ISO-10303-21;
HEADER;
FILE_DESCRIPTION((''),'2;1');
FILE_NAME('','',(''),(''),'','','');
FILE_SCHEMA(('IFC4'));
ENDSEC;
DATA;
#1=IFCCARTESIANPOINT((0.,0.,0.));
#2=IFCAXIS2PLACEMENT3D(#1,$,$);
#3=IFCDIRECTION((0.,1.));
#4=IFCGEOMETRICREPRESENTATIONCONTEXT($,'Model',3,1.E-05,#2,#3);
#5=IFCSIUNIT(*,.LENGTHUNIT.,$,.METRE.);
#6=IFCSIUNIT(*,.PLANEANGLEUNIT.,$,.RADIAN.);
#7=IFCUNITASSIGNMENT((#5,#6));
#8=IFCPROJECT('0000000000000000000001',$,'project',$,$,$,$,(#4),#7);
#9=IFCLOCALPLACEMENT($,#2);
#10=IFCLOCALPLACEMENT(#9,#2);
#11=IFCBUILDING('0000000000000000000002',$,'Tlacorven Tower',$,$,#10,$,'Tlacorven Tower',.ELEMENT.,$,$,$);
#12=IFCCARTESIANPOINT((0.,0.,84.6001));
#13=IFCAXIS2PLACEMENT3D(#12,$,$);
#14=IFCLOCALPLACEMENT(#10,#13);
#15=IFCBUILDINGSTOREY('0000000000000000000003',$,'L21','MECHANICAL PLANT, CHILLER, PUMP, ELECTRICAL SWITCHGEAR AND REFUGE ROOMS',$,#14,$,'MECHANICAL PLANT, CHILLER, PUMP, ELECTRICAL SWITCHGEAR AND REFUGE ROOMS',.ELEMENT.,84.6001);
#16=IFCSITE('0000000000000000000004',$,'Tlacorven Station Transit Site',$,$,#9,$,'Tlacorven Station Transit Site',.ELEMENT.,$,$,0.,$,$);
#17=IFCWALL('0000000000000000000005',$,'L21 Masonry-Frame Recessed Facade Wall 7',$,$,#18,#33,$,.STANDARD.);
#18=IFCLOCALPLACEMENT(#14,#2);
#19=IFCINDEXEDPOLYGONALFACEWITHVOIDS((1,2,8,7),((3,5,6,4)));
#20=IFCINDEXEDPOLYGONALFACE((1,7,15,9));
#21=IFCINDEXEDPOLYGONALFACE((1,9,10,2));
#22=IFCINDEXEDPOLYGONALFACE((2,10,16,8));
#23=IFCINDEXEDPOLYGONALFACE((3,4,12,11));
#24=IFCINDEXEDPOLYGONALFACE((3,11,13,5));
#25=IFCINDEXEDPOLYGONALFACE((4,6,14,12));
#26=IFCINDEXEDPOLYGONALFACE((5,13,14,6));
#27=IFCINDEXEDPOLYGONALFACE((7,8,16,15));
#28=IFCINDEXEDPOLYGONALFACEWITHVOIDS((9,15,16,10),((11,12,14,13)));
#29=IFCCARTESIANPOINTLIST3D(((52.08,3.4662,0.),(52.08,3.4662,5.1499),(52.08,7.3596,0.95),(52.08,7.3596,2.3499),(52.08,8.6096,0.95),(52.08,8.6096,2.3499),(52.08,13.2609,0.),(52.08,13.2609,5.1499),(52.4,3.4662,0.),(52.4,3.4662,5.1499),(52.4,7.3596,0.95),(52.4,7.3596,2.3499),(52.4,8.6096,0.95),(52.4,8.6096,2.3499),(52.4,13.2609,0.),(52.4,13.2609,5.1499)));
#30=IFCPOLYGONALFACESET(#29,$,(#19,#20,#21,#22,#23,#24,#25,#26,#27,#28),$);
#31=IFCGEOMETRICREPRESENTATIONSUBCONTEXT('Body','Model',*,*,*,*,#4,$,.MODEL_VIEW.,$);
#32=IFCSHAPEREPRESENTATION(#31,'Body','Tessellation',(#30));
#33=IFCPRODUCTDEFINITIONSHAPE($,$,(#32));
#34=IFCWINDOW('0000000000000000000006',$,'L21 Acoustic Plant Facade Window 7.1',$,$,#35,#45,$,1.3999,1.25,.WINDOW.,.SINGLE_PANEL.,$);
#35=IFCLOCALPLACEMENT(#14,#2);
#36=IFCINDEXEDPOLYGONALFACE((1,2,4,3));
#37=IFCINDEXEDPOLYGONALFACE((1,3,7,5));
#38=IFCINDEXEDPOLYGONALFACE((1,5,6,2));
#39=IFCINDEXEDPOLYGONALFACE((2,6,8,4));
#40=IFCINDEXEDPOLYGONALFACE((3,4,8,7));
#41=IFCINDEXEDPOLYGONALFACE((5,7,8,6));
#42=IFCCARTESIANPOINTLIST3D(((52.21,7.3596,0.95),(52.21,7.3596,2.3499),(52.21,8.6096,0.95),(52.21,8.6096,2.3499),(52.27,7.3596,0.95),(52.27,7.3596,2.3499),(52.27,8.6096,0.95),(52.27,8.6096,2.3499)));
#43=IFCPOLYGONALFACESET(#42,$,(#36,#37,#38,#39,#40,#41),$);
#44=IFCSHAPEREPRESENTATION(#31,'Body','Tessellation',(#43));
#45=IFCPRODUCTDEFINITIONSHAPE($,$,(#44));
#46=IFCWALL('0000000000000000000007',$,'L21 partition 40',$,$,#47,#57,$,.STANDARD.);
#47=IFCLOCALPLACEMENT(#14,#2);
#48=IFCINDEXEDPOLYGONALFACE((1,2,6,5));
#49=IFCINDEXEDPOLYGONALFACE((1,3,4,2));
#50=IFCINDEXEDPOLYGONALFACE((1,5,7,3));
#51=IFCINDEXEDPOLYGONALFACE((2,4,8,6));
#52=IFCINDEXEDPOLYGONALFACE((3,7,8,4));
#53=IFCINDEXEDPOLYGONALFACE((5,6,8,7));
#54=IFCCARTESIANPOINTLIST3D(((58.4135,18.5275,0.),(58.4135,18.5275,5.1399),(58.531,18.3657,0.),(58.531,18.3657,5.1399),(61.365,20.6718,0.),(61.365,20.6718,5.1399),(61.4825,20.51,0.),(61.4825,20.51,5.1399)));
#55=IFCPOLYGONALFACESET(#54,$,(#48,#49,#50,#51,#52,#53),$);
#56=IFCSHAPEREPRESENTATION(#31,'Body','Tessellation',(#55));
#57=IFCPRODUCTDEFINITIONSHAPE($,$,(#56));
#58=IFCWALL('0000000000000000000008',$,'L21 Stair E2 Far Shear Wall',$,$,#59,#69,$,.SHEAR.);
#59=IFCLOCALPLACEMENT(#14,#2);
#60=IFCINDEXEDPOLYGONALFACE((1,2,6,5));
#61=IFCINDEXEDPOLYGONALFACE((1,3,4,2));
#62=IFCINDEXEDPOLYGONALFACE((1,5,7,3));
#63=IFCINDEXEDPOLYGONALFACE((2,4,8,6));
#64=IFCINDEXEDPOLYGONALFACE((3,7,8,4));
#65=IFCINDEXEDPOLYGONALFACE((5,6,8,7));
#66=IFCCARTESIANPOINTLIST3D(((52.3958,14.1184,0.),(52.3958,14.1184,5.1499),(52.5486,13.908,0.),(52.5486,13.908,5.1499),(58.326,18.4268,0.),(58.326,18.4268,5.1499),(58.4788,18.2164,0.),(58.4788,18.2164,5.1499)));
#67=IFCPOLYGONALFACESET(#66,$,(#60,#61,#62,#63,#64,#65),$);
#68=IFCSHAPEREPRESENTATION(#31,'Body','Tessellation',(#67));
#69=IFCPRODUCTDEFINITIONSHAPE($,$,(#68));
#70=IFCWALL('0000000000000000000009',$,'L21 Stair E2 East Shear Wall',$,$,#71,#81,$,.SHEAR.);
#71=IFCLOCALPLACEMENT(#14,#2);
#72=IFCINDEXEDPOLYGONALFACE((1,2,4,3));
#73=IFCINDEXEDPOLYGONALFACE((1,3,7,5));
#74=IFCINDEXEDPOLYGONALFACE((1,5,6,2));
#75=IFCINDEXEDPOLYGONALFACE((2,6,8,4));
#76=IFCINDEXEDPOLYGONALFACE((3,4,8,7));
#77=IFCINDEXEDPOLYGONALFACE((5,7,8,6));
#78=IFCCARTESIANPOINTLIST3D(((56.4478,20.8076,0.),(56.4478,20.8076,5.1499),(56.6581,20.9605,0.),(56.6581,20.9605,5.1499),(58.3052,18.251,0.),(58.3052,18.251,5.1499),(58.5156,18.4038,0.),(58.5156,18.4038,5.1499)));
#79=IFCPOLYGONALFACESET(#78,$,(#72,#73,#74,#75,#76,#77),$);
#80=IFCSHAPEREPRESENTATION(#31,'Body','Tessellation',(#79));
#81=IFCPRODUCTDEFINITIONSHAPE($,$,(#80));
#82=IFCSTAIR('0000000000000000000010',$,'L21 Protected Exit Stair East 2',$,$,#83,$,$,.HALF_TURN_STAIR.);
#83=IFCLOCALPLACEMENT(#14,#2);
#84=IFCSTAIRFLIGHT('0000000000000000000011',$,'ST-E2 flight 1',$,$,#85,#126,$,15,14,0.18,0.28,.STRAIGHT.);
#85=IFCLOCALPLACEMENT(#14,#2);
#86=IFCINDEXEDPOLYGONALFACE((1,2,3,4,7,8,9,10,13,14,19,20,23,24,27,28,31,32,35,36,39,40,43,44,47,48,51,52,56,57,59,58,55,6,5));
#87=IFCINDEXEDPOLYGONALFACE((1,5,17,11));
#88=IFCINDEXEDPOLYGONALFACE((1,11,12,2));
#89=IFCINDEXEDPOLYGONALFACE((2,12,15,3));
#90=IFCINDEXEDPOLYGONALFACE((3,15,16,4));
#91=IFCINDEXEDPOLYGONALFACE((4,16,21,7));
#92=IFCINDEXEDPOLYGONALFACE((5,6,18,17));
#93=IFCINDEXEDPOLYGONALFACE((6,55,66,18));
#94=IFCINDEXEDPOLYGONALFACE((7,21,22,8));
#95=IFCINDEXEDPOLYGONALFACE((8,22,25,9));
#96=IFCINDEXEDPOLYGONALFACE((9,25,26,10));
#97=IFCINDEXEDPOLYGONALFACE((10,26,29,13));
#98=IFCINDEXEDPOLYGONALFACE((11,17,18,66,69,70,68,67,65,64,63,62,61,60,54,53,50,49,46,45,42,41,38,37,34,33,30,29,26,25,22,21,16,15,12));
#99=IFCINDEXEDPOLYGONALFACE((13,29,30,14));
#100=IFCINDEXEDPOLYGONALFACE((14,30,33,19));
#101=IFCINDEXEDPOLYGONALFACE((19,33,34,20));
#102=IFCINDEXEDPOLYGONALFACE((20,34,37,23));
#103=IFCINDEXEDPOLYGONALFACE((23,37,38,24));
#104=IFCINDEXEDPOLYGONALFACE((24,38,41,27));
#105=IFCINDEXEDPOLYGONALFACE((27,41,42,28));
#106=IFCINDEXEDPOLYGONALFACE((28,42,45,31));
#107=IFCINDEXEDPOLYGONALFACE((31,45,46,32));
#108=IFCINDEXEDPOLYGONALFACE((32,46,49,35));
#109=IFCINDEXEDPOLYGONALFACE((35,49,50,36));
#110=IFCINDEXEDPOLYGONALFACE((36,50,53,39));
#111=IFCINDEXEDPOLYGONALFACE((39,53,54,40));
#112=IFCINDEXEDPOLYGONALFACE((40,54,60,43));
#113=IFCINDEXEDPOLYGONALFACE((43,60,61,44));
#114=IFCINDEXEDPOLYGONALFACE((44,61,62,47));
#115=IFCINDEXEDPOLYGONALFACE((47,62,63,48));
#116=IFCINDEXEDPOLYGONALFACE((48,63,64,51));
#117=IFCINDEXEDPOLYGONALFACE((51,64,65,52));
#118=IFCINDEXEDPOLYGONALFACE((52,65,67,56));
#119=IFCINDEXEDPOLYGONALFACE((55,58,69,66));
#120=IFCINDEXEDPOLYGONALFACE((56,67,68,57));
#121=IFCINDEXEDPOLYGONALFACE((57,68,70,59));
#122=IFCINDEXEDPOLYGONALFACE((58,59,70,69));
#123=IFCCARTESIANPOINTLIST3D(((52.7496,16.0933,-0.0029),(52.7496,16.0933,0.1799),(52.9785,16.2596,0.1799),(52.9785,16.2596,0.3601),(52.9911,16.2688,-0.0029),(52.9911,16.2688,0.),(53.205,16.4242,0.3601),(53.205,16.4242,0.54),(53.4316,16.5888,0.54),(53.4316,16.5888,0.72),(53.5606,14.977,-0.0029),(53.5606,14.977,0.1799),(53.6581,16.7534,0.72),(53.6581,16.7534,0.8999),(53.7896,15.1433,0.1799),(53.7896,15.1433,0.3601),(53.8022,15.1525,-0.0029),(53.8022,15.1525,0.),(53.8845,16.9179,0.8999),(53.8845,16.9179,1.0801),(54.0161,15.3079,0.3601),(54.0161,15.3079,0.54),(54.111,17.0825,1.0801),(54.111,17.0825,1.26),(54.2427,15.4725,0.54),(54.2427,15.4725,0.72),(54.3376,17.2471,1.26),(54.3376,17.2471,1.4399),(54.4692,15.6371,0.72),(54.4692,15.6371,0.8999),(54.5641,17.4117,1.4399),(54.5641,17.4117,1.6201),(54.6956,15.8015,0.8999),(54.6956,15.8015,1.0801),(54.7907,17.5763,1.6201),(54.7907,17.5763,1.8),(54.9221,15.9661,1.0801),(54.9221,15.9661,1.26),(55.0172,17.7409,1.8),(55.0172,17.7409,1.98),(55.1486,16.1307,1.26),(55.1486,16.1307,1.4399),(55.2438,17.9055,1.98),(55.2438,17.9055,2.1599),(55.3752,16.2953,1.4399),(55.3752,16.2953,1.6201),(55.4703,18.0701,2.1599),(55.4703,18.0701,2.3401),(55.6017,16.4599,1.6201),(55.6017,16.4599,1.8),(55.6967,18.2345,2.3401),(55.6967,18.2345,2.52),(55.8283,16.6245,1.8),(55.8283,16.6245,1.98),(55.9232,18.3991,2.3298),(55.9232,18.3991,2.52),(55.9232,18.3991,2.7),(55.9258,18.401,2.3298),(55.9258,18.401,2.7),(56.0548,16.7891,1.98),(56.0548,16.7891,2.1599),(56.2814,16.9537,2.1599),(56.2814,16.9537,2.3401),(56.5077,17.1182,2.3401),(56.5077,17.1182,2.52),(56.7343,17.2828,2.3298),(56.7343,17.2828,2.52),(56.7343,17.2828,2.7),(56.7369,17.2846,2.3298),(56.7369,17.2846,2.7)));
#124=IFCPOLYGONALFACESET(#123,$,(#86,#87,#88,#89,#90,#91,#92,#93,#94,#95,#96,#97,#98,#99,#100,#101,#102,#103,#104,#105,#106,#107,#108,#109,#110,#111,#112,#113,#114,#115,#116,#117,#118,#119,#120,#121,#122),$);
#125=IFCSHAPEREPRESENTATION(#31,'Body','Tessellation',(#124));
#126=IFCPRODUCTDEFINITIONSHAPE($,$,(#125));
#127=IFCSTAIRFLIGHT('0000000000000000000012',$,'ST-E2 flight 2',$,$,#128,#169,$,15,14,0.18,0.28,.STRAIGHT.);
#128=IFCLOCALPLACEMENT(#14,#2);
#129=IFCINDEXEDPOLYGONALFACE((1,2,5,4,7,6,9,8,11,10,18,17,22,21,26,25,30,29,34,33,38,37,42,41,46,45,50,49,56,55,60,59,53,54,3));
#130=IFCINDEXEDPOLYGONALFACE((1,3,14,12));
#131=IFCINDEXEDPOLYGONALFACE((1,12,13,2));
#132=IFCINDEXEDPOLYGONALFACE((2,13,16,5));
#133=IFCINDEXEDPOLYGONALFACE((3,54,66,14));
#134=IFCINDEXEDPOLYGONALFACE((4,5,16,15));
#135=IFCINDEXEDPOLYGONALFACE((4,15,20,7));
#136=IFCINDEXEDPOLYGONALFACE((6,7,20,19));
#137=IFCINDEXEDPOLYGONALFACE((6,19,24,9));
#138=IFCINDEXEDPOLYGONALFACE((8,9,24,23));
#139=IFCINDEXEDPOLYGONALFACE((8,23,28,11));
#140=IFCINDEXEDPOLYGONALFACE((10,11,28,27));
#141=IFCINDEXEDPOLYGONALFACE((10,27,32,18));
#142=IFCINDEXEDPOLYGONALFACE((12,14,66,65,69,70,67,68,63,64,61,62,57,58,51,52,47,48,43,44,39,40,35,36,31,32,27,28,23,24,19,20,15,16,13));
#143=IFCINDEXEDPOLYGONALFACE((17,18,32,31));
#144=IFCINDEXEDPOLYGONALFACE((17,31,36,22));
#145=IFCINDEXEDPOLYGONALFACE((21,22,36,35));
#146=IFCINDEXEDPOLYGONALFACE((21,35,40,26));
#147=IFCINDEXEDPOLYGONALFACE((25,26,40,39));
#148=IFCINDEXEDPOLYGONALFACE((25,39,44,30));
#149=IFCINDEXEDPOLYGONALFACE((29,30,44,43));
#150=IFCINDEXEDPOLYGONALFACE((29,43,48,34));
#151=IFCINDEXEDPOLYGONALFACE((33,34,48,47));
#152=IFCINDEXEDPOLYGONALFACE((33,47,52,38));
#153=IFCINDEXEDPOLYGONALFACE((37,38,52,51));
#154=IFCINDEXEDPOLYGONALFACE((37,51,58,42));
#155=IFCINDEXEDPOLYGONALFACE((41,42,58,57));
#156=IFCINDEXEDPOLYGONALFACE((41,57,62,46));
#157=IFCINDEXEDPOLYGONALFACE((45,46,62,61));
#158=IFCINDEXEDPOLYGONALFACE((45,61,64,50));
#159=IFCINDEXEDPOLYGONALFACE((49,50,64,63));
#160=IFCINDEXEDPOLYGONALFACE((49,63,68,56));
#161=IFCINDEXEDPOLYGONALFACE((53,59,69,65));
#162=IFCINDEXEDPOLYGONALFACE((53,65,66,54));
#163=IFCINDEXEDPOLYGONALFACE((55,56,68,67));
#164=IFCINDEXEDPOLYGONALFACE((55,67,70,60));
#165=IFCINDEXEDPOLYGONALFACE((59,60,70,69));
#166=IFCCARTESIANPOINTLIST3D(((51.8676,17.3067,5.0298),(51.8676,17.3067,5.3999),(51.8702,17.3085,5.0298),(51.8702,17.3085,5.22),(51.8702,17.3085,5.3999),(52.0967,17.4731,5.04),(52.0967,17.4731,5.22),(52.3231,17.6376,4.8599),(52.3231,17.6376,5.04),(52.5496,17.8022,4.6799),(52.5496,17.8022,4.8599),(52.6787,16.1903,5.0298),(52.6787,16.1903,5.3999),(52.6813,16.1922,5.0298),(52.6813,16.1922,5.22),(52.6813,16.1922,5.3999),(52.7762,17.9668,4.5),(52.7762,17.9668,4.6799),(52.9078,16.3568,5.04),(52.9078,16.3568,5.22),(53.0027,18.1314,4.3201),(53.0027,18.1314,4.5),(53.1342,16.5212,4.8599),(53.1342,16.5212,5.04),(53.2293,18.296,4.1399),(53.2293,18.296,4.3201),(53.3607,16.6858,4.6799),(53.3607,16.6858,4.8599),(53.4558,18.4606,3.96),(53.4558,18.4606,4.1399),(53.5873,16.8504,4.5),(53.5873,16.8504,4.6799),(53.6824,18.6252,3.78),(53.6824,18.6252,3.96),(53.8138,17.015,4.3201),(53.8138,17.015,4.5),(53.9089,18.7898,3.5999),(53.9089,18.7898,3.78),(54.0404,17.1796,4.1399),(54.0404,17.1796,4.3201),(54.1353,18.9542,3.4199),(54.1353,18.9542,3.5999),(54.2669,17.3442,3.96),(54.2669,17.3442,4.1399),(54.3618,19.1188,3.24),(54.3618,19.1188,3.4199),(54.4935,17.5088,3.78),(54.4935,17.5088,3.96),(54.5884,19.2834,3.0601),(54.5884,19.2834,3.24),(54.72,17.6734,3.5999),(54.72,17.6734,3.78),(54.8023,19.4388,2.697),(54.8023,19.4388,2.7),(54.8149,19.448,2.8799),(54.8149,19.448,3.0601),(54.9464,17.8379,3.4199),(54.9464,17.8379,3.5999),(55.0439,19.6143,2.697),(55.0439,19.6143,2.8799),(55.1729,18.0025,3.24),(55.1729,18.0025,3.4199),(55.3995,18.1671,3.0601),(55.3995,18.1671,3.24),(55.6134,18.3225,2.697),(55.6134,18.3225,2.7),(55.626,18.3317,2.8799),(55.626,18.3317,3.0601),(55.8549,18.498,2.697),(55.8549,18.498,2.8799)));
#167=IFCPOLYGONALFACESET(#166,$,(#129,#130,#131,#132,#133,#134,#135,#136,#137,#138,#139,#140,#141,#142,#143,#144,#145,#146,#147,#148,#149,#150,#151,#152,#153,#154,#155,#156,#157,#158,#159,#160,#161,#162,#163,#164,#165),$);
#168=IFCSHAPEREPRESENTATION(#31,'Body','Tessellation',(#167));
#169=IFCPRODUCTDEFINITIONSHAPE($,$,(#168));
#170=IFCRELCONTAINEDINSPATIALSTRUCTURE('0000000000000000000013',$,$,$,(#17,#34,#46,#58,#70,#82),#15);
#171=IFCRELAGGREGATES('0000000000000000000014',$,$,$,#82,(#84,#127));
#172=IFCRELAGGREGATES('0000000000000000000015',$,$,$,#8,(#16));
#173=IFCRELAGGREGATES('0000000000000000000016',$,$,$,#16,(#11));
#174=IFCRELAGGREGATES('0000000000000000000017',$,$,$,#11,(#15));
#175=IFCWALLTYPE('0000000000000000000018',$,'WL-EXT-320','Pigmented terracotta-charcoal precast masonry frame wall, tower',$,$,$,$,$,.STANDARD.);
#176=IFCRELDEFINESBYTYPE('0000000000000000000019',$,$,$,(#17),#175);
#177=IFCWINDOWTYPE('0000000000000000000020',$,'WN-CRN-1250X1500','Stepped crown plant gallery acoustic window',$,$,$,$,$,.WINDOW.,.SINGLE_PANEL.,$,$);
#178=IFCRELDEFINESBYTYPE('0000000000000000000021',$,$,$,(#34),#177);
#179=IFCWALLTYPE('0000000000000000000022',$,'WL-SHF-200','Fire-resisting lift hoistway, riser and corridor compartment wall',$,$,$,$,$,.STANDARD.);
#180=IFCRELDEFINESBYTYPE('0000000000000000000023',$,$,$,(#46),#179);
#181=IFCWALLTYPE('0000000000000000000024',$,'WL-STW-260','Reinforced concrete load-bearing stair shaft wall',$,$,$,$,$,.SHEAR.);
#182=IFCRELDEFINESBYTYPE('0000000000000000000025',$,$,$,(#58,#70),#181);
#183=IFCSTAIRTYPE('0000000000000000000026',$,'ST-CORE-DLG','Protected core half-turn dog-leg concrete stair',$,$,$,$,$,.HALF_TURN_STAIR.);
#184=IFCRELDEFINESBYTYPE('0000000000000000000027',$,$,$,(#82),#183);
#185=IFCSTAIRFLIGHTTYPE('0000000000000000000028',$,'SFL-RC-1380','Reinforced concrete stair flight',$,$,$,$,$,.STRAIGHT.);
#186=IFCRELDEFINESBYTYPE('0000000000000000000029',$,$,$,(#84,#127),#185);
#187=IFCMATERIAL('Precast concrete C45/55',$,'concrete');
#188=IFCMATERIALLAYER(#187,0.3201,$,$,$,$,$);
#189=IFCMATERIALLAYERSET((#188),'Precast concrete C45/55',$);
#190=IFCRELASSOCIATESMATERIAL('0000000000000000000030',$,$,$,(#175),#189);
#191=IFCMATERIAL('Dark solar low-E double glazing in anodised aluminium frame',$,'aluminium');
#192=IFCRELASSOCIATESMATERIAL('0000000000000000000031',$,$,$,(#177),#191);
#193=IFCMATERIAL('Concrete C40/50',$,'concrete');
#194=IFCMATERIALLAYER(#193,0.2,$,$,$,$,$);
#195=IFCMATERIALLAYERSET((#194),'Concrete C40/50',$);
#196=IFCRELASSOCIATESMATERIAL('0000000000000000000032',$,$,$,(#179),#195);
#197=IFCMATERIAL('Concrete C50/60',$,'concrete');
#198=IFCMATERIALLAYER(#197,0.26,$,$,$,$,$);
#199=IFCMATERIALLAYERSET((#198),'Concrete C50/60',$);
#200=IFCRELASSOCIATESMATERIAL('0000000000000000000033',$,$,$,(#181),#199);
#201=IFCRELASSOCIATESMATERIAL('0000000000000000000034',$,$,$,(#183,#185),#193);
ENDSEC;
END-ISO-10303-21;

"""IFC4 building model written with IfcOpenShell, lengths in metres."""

from ifc_helpers import new_model, si_unit, direction, frame, frame_2d, origin, place, context, subcontext, project, spatial, polyline, rectangle, outline, extrude, source, transform, mapped, material, layer, layer_set, type_object, element, fill, aggregate, save


model = new_model("IFC4")

# Units and contexts
model_context = context("Model", 3, precision=1e-05, world=origin(), true_north=direction((0.0, 1.0)))
body_context = subcontext(model_context, "Body", "Model", "MODEL_VIEW")
ifc_project = project(units=[si_unit("LENGTHUNIT", "METRE"), si_unit("PLANEANGLEUNIT", "RADIAN")], contexts=[model_context])

# Site, building, storey
site_placement = place(None, origin())
site = spatial("IfcSite", under=ifc_project, at=site_placement, Name="Tlacorven Station Transit Site", LongName="Tlacorven Station Transit Site", CompositionType="ELEMENT", RefElevation=0.0)
building_placement = place(site_placement, origin())
building = spatial("IfcBuilding", under=site, at=building_placement, Name="Tlacorven Tower", LongName="Tlacorven Tower", CompositionType="ELEMENT")
storey_placement = place(building_placement, frame((0.0, 0.0, 84.6001)))
storey = spatial("IfcBuildingStorey", under=building, at=storey_placement, Name="L21", Description="MECHANICAL PLANT, CHILLER, PUMP, ELECTRICAL SWITCHGEAR AND REFUGE ROOMS", LongName="MECHANICAL PLANT, CHILLER, PUMP, ELECTRICAL SWITCHGEAR AND REFUGE ROOMS", CompositionType="ELEMENT", Elevation=84.6001)

# Wall, opening, window
ifc_material_1 = material(Name="Precast concrete C45/55", Category="concrete")
ifc_layer_1 = layer(ifc_material_1, 0.3201)
ifc_layer_set_1 = layer_set([ifc_layer_1], Name="Precast concrete C45/55")
wall_type_1 = type_object("IfcWallType", Name="WL-EXT-320", Description="Pigmented terracotta-charcoal precast masonry frame wall, tower", PredefinedType="STANDARD", material=ifc_layer_set_1)
wall_1_placement = place(storey_placement, frame((52.24, 13.261, 0.0), z_axis=(0.0, 0.0, 1.0), x_axis=(0.0, -1.0, 0.0)))
wall_1 = element("IfcWall", 1, at=wall_1_placement, inside=storey, type_object=wall_type_1, Name="L21 Masonry-Frame Recessed Facade Wall 7", PredefinedType="STANDARD", context=body_context, shape_type="SweptSolid", body=[
    extrude(rectangle(XDim=9.7947, YDim=0.3201, at=frame_2d((4.8975, 0.0))), origin(), (0.0, 0.0, 1.0), 5.1499),
])
opening_placement = place(wall_1_placement, frame((4.6514, 0.0, 0.95)))
opening = element("IfcOpeningElement", 2, at=opening_placement, cuts=wall_1, PredefinedType="OPENING", context=body_context, shape_type="SweptSolid", body=[
    extrude(rectangle(XDim=1.25, YDim=1.3999, at=frame_2d((0.625, 0.7))), frame((0.0, 0.1699, 0.0), z_axis=(0.0, -1.0, 0.0), x_axis=(1.0, 0.0, 0.0)), (0.0, 0.0, 1.0), 0.3401),
])
ifc_material_2 = material(Name="Dark solar low-E double glazing in anodised aluminium frame", Category="aluminium")
window_type = type_object("IfcWindowType", Name="WN-CRN-1250X1500", Description="Stepped crown plant gallery acoustic window", PartitioningType="SINGLE_PANEL", PredefinedType="WINDOW", material=ifc_material_2)
shared_shape_1 = source(origin(), body_context, "Body", "SweptSolid", [
    extrude(rectangle(XDim=1.25, YDim=1.3999, at=frame_2d((0.625, 0.7))), frame((0.0, 0.03, 0.0), z_axis=(0.0, -1.0, 0.0), x_axis=(1.0, 0.0, 0.0)), (0.0, 0.0, 1.0), 0.0601),
])
window_placement = place(opening_placement, origin())
window = element("IfcWindow", 3, at=window_placement, inside=storey, type_object=window_type, Name="L21 Acoustic Plant Facade Window 7.1", OverallHeight=1.3999, OverallWidth=1.25, PartitioningType="SINGLE_PANEL", PredefinedType="WINDOW", context=body_context, shape_type="MappedRepresentation", body=[
    mapped(shared_shape_1, transform((0.0, 0.0, 0.0), scale=1.0)),
])
fill(opening, window)

# Walls
ifc_material_3 = material(Name="Concrete C40/50", Category="concrete")
ifc_layer_2 = layer(ifc_material_3, 0.2)
ifc_layer_set_2 = layer_set([ifc_layer_2], Name="Concrete C40/50")
wall_type_2 = type_object("IfcWallType", Name="WL-SHF-200", Description="Fire-resisting lift hoistway, riser and corridor compartment wall", PredefinedType="STANDARD", material=ifc_layer_set_2)
wall_2_placement = place(storey_placement, frame((58.4722, 18.4465, 0.0), z_axis=(0.0, 0.0, 1.0), x_axis=(0.809022, 0.587778, 0.0)))
element("IfcWall", 4, at=wall_2_placement, inside=storey, type_object=wall_type_2, Name="L21 partition 40", PredefinedType="STANDARD", context=body_context, shape_type="SweptSolid", body=[
    extrude(rectangle(XDim=3.6482, YDim=0.2, at=frame_2d((1.8242, 0.0))), origin(), (0.0, 0.0, 1.0), 5.1399),
])
ifc_material_4 = material(Name="Concrete C50/60", Category="concrete")
ifc_layer_3 = layer(ifc_material_4, 0.26)
ifc_layer_set_3 = layer_set([ifc_layer_3], Name="Concrete C50/60")
wall_type_3 = type_object("IfcWallType", Name="WL-STW-260", Description="Reinforced concrete load-bearing stair shaft wall", PredefinedType="SHEAR", material=ifc_layer_set_3)
wall_3_placement = place(storey_placement, frame((52.4722, 14.0132, 0.0), z_axis=(0.0, 0.0, 1.0), x_axis=(0.809028, 0.58777, 0.0)))
element("IfcWall", 5, at=wall_3_placement, inside=storey, type_object=wall_type_3, Name="L21 Stair E2 Far Shear Wall", PredefinedType="SHEAR", context=body_context, shape_type="SweptSolid", body=[
    extrude(rectangle(XDim=7.3301, YDim=0.26, at=frame_2d((3.665, 0.0))), origin(), (0.0, 0.0, 1.0), 5.1499),
])
wall_4_placement = place(storey_placement, frame((58.4104, 18.3274, 0.0), z_axis=(0.0, 0.0, 1.0), x_axis=(-0.587767, 0.80903, 0.0)))
element("IfcWall", 6, at=wall_4_placement, inside=storey, type_object=wall_type_3, Name="L21 Stair E2 East Shear Wall", PredefinedType="SHEAR", context=body_context, shape_type="SweptSolid", body=[
    extrude(rectangle(XDim=3.1602, YDim=0.26, at=frame_2d((1.5801, 0.0))), origin(), (0.0, 0.0, 1.0), 5.1499),
])

# Stair, stair flights
stair_type = type_object("IfcStairType", Name="ST-CORE-DLG", Description="Protected core half-turn dog-leg concrete stair", PredefinedType="HALF_TURN_STAIR", material=ifc_material_3)
stair_placement = place(storey_placement, origin())
stair = element("IfcStair", 7, at=stair_placement, inside=storey, type_object=stair_type, Name="L21 Protected Exit Stair East 2", PredefinedType="HALF_TURN_STAIR")
stair_flight_type = type_object("IfcStairFlightType", Name="SFL-RC-1380", Description="Reinforced concrete stair flight", PredefinedType="STRAIGHT", material=ifc_material_3)
shared_shape_2 = source(origin(), body_context, "Body", "SweptSolid", [
    extrude(outline(polyline([(-0.0029, -0.0029), (-0.0029, 0.1799), (0.28, 0.1799), (0.28, 0.3601), (0.5601, 0.3601), (0.5601, 0.54), (0.8401, 0.54), (0.8401, 0.72), (1.1201, 0.72), (1.1201, 0.8999), (1.3999, 0.8999), (1.3999, 1.0801), (1.6799, 1.0801), (1.6799, 1.26), (1.96, 1.26), (1.96, 1.4399), (2.24, 1.4399), (2.24, 1.6201), (2.52, 1.6201), (2.52, 1.8), (2.8, 1.8), (2.8, 1.98), (3.0801, 1.98), (3.0801, 2.1599), (3.3601, 2.1599), (3.3601, 2.3401), (3.6399, 2.3401), (3.6399, 2.52), (3.9199, 2.52), (3.9199, 2.7), (3.9231, 2.7), (3.9231, 2.3298), (3.9199, 2.3298), (0.2957, 0.0), (0.2957, -0.0029), (-0.0029, -0.0029)])), frame((0.0, 0.6899, 0.0), z_axis=(0.0, -1.0, 0.0), x_axis=(1.0, 0.0, 0.0)), (0.0, 0.0, 1.0), 1.3799),
])
stair_flight_1_placement = place(storey_placement, frame((53.1575, 15.5369, 0.0), z_axis=(0.0, 0.0, 1.0), x_axis=(0.809017, 0.587785, 0.0)))
stair_flight_1 = element("IfcStairFlight", 8, at=stair_flight_1_placement, type_object=stair_flight_type, Name="ST-E2 flight 1", NumberOfRisers=15, NumberOfTreads=14, PredefinedType="STRAIGHT", RiserHeight=0.18, TreadLength=0.28, context=body_context, shape_type="MappedRepresentation", body=[
    mapped(shared_shape_2, transform((0.0, 0.0, 0.0), scale=1.0)),
])
stair_flight_2_placement = place(storey_placement, frame((55.447, 19.0544, 2.7), z_axis=(0.0, 0.0, 1.0), x_axis=(-0.809017, -0.587785, 0.0)))
stair_flight_2 = element("IfcStairFlight", 9, at=stair_flight_2_placement, type_object=stair_flight_type, Name="ST-E2 flight 2", NumberOfRisers=15, NumberOfTreads=14, PredefinedType="STRAIGHT", RiserHeight=0.18, TreadLength=0.28, context=body_context, shape_type="MappedRepresentation", body=[
    mapped(shared_shape_2, transform((0.0, 0.0, 0.0), scale=1.0)),
])
aggregate(stair, [stair_flight_1, stair_flight_2])

save(model, "model.ifc")
